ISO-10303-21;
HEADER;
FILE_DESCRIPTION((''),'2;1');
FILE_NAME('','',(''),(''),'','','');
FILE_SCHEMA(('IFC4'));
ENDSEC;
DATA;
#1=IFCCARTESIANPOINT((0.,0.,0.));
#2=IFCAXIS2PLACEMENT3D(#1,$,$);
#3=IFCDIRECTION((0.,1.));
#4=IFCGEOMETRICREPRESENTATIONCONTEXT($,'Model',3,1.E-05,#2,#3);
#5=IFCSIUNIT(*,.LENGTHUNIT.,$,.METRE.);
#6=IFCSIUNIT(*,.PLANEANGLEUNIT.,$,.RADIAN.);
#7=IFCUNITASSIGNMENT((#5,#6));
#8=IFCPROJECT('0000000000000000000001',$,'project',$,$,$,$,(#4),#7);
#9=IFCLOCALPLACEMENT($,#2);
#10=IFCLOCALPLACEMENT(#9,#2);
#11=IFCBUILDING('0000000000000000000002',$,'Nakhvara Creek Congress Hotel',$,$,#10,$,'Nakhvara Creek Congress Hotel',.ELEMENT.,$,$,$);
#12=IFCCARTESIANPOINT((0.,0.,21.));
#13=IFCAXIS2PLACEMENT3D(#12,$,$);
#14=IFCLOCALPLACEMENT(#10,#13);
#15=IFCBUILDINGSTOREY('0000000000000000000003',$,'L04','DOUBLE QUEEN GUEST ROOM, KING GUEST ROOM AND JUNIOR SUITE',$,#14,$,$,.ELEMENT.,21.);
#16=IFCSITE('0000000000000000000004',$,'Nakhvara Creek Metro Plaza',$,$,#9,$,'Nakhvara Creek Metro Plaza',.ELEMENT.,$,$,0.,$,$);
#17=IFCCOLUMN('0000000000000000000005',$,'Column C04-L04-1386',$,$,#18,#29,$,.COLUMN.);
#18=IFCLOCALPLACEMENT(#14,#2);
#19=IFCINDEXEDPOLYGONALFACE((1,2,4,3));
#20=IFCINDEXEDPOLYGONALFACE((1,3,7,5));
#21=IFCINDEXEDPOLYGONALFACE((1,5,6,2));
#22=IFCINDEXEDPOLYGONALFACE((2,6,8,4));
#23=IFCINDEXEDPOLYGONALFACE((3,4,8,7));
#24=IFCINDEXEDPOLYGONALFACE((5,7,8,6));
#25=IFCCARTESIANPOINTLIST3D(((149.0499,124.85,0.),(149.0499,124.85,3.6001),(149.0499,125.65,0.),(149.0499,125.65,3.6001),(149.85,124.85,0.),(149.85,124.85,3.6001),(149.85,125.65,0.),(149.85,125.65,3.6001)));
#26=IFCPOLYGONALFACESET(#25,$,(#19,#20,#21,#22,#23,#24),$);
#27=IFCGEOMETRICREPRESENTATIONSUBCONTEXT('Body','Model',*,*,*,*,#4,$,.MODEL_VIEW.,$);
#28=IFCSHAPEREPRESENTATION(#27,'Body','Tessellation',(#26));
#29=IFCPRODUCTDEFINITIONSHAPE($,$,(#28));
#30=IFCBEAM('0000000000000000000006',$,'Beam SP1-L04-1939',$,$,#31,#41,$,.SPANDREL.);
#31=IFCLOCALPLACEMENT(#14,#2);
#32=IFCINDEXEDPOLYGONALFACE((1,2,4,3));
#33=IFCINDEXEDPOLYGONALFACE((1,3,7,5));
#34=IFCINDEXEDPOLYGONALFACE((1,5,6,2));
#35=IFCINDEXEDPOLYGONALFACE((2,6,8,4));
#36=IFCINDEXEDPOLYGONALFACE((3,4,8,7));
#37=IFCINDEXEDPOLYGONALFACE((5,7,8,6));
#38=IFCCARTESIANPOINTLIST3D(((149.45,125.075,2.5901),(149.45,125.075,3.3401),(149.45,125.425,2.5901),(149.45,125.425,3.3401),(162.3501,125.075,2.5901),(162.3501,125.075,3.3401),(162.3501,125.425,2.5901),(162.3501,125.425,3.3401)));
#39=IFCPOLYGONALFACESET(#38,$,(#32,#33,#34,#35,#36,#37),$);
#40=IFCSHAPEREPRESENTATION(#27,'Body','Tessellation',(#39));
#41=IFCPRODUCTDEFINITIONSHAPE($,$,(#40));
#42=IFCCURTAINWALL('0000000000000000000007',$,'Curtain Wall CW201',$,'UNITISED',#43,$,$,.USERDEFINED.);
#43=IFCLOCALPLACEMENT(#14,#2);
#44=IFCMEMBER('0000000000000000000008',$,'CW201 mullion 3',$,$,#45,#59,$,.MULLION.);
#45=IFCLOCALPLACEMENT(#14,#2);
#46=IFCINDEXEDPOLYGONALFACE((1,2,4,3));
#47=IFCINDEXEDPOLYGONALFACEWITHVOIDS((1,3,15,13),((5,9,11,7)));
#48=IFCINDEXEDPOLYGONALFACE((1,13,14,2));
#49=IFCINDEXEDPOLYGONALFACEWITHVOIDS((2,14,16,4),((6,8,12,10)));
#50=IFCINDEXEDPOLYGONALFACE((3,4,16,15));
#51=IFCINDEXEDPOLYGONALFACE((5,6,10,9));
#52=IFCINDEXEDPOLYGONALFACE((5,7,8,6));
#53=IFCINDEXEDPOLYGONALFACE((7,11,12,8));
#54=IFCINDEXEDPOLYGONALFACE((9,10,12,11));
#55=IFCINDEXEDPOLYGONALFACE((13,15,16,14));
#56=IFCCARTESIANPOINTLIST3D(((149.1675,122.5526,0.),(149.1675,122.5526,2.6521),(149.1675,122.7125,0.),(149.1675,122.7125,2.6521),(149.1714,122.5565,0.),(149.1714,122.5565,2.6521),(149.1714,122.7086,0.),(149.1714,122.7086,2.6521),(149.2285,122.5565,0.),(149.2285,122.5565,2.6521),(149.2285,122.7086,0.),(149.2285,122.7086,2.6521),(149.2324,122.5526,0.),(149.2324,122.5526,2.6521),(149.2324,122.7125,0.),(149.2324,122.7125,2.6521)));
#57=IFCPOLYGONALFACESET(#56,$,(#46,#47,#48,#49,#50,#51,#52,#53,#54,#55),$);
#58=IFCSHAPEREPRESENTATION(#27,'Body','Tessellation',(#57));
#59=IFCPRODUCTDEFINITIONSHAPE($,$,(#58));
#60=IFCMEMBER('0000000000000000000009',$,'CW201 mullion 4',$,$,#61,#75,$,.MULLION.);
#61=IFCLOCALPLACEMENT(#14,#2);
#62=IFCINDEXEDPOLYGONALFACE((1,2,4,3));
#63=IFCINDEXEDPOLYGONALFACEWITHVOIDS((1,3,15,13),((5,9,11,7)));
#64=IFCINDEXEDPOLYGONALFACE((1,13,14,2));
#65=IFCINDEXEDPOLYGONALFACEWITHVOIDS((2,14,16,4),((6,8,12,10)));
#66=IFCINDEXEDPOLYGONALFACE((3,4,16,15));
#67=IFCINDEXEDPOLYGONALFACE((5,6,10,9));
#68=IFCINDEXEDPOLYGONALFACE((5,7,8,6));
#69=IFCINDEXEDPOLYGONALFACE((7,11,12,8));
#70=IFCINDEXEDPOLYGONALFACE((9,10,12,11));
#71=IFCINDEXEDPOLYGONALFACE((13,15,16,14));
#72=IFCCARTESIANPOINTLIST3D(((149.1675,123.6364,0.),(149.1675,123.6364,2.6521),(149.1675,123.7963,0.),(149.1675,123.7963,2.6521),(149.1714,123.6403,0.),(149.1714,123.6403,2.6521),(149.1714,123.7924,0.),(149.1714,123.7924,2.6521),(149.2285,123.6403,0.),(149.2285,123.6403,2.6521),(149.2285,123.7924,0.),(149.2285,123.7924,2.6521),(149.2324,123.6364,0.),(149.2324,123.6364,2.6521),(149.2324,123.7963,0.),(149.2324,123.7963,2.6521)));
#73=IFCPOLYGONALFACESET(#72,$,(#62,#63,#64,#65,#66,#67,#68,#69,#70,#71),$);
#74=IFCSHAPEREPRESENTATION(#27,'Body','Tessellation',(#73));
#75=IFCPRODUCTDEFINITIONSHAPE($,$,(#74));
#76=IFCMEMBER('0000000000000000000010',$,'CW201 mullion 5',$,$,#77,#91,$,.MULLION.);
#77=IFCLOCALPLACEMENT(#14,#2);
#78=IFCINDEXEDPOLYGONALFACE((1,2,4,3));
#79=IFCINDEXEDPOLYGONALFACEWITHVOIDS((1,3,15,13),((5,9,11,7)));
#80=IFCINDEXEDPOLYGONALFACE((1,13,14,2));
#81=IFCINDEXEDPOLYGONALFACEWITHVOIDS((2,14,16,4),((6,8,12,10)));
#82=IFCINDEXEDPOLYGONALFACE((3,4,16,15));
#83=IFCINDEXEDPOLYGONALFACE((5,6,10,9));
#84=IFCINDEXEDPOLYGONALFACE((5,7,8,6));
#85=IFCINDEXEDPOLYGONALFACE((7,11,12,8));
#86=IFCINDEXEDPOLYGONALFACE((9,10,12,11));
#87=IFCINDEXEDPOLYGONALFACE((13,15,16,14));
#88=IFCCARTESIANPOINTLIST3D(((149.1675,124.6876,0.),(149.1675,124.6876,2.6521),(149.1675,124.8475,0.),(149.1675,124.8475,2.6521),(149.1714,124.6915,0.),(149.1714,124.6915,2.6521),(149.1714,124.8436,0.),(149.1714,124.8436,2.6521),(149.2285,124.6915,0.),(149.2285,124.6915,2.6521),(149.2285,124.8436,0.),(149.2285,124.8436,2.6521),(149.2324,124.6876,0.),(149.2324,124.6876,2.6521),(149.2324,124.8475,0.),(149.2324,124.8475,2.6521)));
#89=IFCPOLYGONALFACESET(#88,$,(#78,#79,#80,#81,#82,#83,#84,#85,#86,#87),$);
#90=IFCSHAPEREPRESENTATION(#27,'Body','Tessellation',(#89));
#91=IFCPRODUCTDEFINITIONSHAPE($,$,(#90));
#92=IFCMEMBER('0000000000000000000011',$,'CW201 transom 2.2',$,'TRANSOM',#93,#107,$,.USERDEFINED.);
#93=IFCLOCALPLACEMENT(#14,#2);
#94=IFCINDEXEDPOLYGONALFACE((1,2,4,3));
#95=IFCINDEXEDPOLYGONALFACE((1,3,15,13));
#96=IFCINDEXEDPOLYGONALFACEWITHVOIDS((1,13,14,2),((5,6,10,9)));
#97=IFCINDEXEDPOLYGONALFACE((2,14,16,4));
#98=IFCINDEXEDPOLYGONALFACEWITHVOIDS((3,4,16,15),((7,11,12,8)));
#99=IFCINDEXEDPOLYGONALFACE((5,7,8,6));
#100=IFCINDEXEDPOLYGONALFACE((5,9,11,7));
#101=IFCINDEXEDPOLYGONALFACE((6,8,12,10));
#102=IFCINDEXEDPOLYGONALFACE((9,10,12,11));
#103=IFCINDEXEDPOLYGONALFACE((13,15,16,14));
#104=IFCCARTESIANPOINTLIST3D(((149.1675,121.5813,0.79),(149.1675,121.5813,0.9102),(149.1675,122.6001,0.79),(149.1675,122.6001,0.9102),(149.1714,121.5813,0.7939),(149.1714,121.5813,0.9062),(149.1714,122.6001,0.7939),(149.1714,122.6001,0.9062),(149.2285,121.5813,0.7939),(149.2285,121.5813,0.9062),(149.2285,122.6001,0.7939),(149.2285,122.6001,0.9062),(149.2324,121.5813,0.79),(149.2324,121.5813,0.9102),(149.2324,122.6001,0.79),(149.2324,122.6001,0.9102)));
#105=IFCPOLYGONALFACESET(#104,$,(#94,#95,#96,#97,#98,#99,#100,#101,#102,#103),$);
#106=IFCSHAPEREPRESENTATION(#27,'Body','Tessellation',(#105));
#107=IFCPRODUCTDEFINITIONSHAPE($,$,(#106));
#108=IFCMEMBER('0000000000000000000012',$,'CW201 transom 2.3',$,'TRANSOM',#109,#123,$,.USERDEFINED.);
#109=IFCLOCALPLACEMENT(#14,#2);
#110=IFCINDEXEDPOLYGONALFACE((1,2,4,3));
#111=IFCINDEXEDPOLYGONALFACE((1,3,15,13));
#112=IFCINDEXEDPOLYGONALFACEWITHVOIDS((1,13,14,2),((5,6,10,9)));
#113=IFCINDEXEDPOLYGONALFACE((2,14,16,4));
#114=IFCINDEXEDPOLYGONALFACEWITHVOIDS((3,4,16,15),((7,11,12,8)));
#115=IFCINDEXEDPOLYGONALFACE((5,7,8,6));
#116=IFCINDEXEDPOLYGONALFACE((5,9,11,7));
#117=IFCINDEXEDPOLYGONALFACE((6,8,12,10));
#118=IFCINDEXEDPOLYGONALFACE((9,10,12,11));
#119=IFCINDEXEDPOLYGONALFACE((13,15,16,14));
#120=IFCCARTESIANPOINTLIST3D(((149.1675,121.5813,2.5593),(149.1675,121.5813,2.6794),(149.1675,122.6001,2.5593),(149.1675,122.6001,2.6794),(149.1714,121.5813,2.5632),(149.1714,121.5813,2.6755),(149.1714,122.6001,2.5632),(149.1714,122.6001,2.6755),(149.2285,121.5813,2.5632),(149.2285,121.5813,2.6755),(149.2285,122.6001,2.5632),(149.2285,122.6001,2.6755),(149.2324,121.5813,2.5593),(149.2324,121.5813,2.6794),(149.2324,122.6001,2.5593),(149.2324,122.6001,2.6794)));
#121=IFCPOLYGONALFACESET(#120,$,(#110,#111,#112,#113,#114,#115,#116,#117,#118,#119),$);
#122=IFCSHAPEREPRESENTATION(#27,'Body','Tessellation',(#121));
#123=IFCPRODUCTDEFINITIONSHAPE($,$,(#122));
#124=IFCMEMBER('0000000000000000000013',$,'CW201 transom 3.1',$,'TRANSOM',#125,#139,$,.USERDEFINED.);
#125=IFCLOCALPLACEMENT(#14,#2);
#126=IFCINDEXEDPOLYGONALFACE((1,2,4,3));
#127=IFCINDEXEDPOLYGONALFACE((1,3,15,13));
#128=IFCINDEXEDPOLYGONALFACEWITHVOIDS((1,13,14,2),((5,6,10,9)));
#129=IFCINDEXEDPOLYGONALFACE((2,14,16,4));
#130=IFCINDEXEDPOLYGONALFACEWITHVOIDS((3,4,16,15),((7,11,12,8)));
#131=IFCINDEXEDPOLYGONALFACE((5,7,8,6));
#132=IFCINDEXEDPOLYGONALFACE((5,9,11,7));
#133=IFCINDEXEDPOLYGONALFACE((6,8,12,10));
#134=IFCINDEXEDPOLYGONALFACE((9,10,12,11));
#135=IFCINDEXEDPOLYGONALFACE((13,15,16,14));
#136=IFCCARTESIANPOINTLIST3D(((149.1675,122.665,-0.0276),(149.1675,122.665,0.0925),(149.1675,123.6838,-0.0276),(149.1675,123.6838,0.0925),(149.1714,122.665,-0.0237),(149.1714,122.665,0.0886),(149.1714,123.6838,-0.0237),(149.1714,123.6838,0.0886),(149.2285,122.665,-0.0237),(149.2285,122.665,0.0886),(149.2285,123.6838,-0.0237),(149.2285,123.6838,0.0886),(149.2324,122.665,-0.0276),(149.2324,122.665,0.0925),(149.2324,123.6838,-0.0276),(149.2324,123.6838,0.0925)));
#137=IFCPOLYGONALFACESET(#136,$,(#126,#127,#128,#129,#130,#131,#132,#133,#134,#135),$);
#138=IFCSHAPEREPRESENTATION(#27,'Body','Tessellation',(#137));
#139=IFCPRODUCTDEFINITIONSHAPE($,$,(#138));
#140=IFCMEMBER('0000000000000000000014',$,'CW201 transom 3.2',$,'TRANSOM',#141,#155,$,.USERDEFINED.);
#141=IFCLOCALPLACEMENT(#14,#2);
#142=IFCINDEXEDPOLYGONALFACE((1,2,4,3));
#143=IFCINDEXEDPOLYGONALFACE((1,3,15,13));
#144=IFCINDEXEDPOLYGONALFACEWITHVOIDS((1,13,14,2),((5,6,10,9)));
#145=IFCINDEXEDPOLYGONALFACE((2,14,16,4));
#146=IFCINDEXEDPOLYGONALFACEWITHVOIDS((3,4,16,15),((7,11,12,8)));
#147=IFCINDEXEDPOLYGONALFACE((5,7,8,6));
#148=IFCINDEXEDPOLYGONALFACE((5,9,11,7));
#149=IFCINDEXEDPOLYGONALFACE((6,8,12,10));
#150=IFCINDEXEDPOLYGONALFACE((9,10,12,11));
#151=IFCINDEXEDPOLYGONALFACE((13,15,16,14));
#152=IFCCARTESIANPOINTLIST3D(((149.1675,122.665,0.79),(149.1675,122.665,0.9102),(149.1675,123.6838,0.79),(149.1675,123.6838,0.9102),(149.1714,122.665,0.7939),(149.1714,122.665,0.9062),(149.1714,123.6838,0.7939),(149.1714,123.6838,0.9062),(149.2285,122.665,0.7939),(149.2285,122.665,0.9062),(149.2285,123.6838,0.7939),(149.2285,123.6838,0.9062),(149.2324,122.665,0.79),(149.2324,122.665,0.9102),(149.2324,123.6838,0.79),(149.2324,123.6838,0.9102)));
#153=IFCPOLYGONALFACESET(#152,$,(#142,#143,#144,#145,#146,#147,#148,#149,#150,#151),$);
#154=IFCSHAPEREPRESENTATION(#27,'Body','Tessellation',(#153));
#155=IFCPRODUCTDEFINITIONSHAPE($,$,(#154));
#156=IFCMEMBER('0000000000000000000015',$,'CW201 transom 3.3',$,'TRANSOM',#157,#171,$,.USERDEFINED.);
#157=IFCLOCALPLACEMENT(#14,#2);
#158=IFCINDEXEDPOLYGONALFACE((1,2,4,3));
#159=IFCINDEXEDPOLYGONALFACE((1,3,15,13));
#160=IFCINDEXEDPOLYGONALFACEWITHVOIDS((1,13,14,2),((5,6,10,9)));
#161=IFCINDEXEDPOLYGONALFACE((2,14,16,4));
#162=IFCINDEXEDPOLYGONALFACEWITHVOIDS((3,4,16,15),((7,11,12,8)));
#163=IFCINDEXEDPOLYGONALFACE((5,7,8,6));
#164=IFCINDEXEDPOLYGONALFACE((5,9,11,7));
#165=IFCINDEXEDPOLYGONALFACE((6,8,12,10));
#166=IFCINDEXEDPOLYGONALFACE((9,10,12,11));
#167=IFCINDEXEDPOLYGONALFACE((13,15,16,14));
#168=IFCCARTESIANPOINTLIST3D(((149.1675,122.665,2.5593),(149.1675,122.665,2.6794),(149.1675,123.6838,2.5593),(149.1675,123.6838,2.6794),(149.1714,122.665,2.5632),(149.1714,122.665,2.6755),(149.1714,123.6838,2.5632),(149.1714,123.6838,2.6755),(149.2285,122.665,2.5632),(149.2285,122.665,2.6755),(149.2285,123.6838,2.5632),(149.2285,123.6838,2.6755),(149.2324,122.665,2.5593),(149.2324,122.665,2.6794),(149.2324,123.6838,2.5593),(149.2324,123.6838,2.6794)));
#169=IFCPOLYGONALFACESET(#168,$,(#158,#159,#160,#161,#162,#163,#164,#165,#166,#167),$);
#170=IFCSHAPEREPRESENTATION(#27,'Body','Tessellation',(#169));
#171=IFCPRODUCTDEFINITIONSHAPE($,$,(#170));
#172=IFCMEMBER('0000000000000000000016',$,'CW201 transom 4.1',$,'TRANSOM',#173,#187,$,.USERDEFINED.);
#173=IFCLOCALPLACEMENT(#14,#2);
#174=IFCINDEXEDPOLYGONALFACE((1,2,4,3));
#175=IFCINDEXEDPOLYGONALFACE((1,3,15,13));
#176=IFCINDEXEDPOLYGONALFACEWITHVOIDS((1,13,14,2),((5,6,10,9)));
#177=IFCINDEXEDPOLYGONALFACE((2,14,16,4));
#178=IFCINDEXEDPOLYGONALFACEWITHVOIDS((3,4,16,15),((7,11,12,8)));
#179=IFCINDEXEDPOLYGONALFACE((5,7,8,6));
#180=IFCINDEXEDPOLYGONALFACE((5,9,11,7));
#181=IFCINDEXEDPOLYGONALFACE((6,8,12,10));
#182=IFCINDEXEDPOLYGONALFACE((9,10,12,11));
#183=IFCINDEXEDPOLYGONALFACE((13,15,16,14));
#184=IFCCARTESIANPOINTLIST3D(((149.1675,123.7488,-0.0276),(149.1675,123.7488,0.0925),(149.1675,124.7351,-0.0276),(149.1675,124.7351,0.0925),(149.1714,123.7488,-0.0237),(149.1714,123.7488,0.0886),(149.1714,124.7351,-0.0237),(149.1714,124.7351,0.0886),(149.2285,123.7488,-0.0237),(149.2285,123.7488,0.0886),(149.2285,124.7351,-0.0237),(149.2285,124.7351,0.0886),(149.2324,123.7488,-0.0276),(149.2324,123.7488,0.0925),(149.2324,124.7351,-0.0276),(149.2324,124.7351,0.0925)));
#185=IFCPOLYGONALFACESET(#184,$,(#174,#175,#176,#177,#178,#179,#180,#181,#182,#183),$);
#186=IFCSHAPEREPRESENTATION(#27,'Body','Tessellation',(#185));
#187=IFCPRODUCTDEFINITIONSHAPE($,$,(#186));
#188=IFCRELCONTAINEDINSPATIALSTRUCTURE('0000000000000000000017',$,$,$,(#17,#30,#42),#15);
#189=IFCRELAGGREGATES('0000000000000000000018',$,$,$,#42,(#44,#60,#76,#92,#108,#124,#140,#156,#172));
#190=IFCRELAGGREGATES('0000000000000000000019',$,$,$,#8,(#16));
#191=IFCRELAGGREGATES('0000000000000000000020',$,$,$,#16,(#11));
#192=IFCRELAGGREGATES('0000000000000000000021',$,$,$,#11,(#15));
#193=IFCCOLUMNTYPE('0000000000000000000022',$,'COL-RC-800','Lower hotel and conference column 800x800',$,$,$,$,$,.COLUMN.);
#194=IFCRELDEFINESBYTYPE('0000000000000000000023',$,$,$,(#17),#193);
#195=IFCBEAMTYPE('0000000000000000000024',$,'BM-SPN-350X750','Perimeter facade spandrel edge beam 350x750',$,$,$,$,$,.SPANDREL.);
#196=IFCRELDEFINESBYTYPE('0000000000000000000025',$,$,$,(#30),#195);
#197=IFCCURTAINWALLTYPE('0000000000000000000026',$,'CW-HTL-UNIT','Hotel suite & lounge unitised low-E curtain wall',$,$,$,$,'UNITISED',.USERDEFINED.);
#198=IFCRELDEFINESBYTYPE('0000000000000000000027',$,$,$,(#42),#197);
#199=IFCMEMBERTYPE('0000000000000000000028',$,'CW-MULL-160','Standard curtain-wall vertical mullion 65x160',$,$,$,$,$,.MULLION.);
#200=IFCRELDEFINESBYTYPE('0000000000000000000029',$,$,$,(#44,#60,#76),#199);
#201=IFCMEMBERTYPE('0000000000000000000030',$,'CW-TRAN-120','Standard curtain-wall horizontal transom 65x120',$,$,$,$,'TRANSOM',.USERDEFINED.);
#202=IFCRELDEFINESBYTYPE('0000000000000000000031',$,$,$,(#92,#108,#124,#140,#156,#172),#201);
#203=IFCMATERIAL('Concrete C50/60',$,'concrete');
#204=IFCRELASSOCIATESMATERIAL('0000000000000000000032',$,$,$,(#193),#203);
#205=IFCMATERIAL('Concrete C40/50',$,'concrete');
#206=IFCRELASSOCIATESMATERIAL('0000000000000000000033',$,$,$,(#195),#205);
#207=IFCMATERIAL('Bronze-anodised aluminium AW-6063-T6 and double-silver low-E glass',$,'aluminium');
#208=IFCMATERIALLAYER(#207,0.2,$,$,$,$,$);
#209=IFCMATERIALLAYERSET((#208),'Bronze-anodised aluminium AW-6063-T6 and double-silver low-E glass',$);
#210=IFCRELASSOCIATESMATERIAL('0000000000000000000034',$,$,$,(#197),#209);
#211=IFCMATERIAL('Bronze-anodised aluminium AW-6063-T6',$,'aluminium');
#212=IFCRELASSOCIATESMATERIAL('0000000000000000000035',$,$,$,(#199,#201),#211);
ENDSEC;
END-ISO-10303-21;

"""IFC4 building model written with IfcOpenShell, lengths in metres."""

from ifc_helpers import new_model, si_unit, direction, frame, origin, origin_2d, place, context, subcontext, project, spatial, rectangle, hollow_rectangle, extrude, material, layer, layer_set, material_profile, profile_set, type_object, element, aggregate, save


model = new_model("IFC4")

# Units and contexts
model_context = context("Model", 3, precision=1e-05, world=origin(), true_north=direction((0.0, 1.0)))
body_context = subcontext(model_context, "Body", "Model", "MODEL_VIEW")
ifc_project = project(units=[si_unit("LENGTHUNIT", "METRE"), si_unit("PLANEANGLEUNIT", "RADIAN")], contexts=[model_context])

# Site, building, storey
site_placement = place(None, origin())
site = spatial("IfcSite", under=ifc_project, at=site_placement, Name="Nakhvara Creek Metro Plaza", LongName="Nakhvara Creek Metro Plaza", CompositionType="ELEMENT", RefElevation=0.0)
building_placement = place(site_placement, origin())
building = spatial("IfcBuilding", under=site, at=building_placement, Name="Nakhvara Creek Congress Hotel", LongName="Nakhvara Creek Congress Hotel", CompositionType="ELEMENT")
storey_placement = place(building_placement, frame((0.0, 0.0, 21.0)))
storey = spatial("IfcBuildingStorey", under=building, at=storey_placement, Name="L04", Description="DOUBLE QUEEN GUEST ROOM, KING GUEST ROOM AND JUNIOR SUITE", CompositionType="ELEMENT", Elevation=21.0)

# Column
ifc_material_1 = material(Name="Concrete C50/60", Category="concrete")
ifc_material_profile_1 = material_profile(ifc_material_1, rectangle(XDim=0.8, YDim=0.8, at=origin_2d()), Name="RC-COL 800x800", Category="LoadBearing")
ifc_profile_set_1 = profile_set([ifc_material_profile_1], Name="Concrete C50/60")
column_type = type_object("IfcColumnType", Name="COL-RC-800", Description="Lower hotel and conference column 800x800", PredefinedType="COLUMN", material=ifc_profile_set_1)
column_placement = place(storey_placement, frame((149.45, 125.25, 0.0), z_axis=(0.0, 0.0, 1.0), x_axis=(1.0, 0.0, 0.0)))
element("IfcColumn", 1, at=column_placement, inside=storey, type_object=column_type, Name="Column C04-L04-1386", PredefinedType="COLUMN", context=body_context, shape_type="SweptSolid", body=[
    extrude(rectangle(XDim=0.8, YDim=0.8, at=origin_2d()), origin(), (0.0, 0.0, 1.0), 3.6001),
])

# Beam
ifc_material_2 = material(Name="Concrete C40/50", Category="concrete")
ifc_material_profile_2 = material_profile(ifc_material_2, rectangle(XDim=0.3501, YDim=0.75, at=origin_2d()), Name="RC-SPANDREL 350x750", Category="LoadBearing")
ifc_profile_set_2 = profile_set([ifc_material_profile_2], Name="Concrete C40/50")
beam_type = type_object("IfcBeamType", Name="BM-SPN-350X750", Description="Perimeter facade spandrel edge beam 350x750", PredefinedType="SPANDREL", material=ifc_profile_set_2)
beam_placement = place(storey_placement, frame((149.45, 125.25, 2.9651), z_axis=(1.0, 0.0, 0.0), x_axis=(0.0, 1.0, 0.0)))
element("IfcBeam", 2, at=beam_placement, inside=storey, type_object=beam_type, Name="Beam SP1-L04-1939", PredefinedType="SPANDREL", context=body_context, shape_type="SweptSolid", body=[
    extrude(rectangle(XDim=0.3501, YDim=0.75, at=origin_2d()), origin(), (0.0, 0.0, 1.0), 12.9001),
])

# Curtain wall, members
ifc_material_3 = material(Name="Bronze-anodised aluminium AW-6063-T6 and double-silver low-E glass", Category="aluminium")
ifc_layer_1 = layer(ifc_material_3, 0.2)
ifc_layer_set_1 = layer_set([ifc_layer_1], Name="Bronze-anodised aluminium AW-6063-T6 and double-silver low-E glass")
curtain_wall_type = type_object("IfcCurtainWallType", Name="CW-HTL-UNIT", Description="Hotel suite & lounge unitised low-E curtain wall", ElementType="UNITISED", PredefinedType="USERDEFINED", material=ifc_layer_set_1)
curtain_wall_placement = place(storey_placement, origin())
curtain_wall = element("IfcCurtainWall", 3, at=curtain_wall_placement, inside=storey, type_object=curtain_wall_type, Name="Curtain Wall CW201", ObjectType="UNITISED", PredefinedType="USERDEFINED")
ifc_material_4 = material(Name="Bronze-anodised aluminium AW-6063-T6", Category="aluminium")
ifc_material_profile_3 = material_profile(ifc_material_4, hollow_rectangle(XDim=0.0649, YDim=0.1599, WallThickness=0.0039, at=origin_2d()), Name="ALU-MULL 65x160x4", Category="LoadBearing")
ifc_profile_set_3 = profile_set([ifc_material_profile_3], Name="Bronze-anodised aluminium AW-6063-T6")
member_type_1 = type_object("IfcMemberType", Name="CW-MULL-160", Description="Standard curtain-wall vertical mullion 65x160", PredefinedType="MULLION", material=ifc_profile_set_3)
member_1_placement = place(storey_placement, frame((149.2, 122.6326, 0.0), z_axis=(0.0, 0.0, 1.0), x_axis=(-1.0, 0.0, 0.0)))
member_1 = element("IfcMember", 4, at=member_1_placement, type_object=member_type_1, Name="CW201 mullion 3", PredefinedType="MULLION", context=body_context, shape_type="SweptSolid", body=[
    extrude(hollow_rectangle(XDim=0.0649, YDim=0.1599, WallThickness=0.0039, at=origin_2d()), origin(), (0.0, 0.0, 1.0), 2.6521),
])
member_2_placement = place(storey_placement, frame((149.2, 123.7163, 0.0), z_axis=(0.0, 0.0, 1.0), x_axis=(-1.0, 0.0, 0.0)))
member_2 = element("IfcMember", 5, at=member_2_placement, type_object=member_type_1, Name="CW201 mullion 4", PredefinedType="MULLION", context=body_context, shape_type="SweptSolid", body=[
    extrude(hollow_rectangle(XDim=0.0649, YDim=0.1599, WallThickness=0.0039, at=origin_2d()), origin(), (0.0, 0.0, 1.0), 2.6521),
])
member_3_placement = place(storey_placement, frame((149.2, 124.7676, 0.0), z_axis=(0.0, 0.0, 1.0), x_axis=(-1.0, 0.0, 0.0)))
member_3 = element("IfcMember", 6, at=member_3_placement, type_object=member_type_1, Name="CW201 mullion 5", PredefinedType="MULLION", context=body_context, shape_type="SweptSolid", body=[
    extrude(hollow_rectangle(XDim=0.0649, YDim=0.1599, WallThickness=0.0039, at=origin_2d()), origin(), (0.0, 0.0, 1.0), 2.6521),
])
ifc_material_profile_4 = material_profile(ifc_material_4, hollow_rectangle(XDim=0.0649, YDim=0.1201, WallThickness=0.0039, at=origin_2d()), Name="ALU-TRAN 65x120x4", Category="LoadBearing")
ifc_profile_set_4 = profile_set([ifc_material_profile_4], Name="Bronze-anodised aluminium AW-6063-T6")
member_type_2 = type_object("IfcMemberType", Name="CW-TRAN-120", Description="Standard curtain-wall horizontal transom 65x120", ElementType="TRANSOM", PredefinedType="USERDEFINED", material=ifc_profile_set_4)
member_4_placement = place(storey_placement, frame((149.2, 121.5813, 0.8501), z_axis=(0.0, 1.0, 0.0), x_axis=(-1.0, 0.0, 0.0)))
member_4 = element("IfcMember", 7, at=member_4_placement, type_object=member_type_2, Name="CW201 transom 2.2", ObjectType="TRANSOM", PredefinedType="USERDEFINED", context=body_context, shape_type="SweptSolid", body=[
    extrude(hollow_rectangle(XDim=0.0649, YDim=0.1201, WallThickness=0.0039, at=origin_2d()), origin(), (0.0, 0.0, 1.0), 1.0188),
])
member_5_placement = place(storey_placement, frame((149.2, 121.5813, 2.6194), z_axis=(0.0, 1.0, 0.0), x_axis=(-1.0, 0.0, 0.0)))
member_5 = element("IfcMember", 8, at=member_5_placement, type_object=member_type_2, Name="CW201 transom 2.3", ObjectType="TRANSOM", PredefinedType="USERDEFINED", context=body_context, shape_type="SweptSolid", body=[
    extrude(hollow_rectangle(XDim=0.0649, YDim=0.1201, WallThickness=0.0039, at=origin_2d()), origin(), (0.0, 0.0, 1.0), 1.0188),
])
member_6_placement = place(storey_placement, frame((149.2, 122.665, 0.0325), z_axis=(0.0, 1.0, 0.0), x_axis=(-1.0, 0.0, 0.0)))
member_6 = element("IfcMember", 9, at=member_6_placement, type_object=member_type_2, Name="CW201 transom 3.1", ObjectType="TRANSOM", PredefinedType="USERDEFINED", context=body_context, shape_type="SweptSolid", body=[
    extrude(hollow_rectangle(XDim=0.0649, YDim=0.1201, WallThickness=0.0039, at=origin_2d()), origin(), (0.0, 0.0, 1.0), 1.0188),
])
member_7_placement = place(storey_placement, frame((149.2, 122.665, 0.8501), z_axis=(0.0, 1.0, 0.0), x_axis=(-1.0, 0.0, 0.0)))
member_7 = element("IfcMember", 10, at=member_7_placement, type_object=member_type_2, Name="CW201 transom 3.2", ObjectType="TRANSOM", PredefinedType="USERDEFINED", context=body_context, shape_type="SweptSolid", body=[
    extrude(hollow_rectangle(XDim=0.0649, YDim=0.1201, WallThickness=0.0039, at=origin_2d()), origin(), (0.0, 0.0, 1.0), 1.0188),
])
member_8_placement = place(storey_placement, frame((149.2, 122.665, 2.6194), z_axis=(0.0, 1.0, 0.0), x_axis=(-1.0, 0.0, 0.0)))
member_8 = element("IfcMember", 11, at=member_8_placement, type_object=member_type_2, Name="CW201 transom 3.3", ObjectType="TRANSOM", PredefinedType="USERDEFINED", context=body_context, shape_type="SweptSolid", body=[
    extrude(hollow_rectangle(XDim=0.0649, YDim=0.1201, WallThickness=0.0039, at=origin_2d()), origin(), (0.0, 0.0, 1.0), 1.0188),
])
member_9_placement = place(storey_placement, frame((149.2, 123.7488, 0.0325), z_axis=(0.0, 1.0, 0.0), x_axis=(-1.0, 0.0, 0.0)))
member_9 = element("IfcMember", 12, at=member_9_placement, type_object=member_type_2, Name="CW201 transom 4.1", ObjectType="TRANSOM", PredefinedType="USERDEFINED", context=body_context, shape_type="SweptSolid", body=[
    extrude(hollow_rectangle(XDim=0.0649, YDim=0.1201, WallThickness=0.0039, at=origin_2d()), origin(), (0.0, 0.0, 1.0), 0.9863),
])
aggregate(curtain_wall, [member_1, member_2, member_3, member_4, member_5, member_6, member_7, member_8, member_9])

save(model, "model.ifc")
